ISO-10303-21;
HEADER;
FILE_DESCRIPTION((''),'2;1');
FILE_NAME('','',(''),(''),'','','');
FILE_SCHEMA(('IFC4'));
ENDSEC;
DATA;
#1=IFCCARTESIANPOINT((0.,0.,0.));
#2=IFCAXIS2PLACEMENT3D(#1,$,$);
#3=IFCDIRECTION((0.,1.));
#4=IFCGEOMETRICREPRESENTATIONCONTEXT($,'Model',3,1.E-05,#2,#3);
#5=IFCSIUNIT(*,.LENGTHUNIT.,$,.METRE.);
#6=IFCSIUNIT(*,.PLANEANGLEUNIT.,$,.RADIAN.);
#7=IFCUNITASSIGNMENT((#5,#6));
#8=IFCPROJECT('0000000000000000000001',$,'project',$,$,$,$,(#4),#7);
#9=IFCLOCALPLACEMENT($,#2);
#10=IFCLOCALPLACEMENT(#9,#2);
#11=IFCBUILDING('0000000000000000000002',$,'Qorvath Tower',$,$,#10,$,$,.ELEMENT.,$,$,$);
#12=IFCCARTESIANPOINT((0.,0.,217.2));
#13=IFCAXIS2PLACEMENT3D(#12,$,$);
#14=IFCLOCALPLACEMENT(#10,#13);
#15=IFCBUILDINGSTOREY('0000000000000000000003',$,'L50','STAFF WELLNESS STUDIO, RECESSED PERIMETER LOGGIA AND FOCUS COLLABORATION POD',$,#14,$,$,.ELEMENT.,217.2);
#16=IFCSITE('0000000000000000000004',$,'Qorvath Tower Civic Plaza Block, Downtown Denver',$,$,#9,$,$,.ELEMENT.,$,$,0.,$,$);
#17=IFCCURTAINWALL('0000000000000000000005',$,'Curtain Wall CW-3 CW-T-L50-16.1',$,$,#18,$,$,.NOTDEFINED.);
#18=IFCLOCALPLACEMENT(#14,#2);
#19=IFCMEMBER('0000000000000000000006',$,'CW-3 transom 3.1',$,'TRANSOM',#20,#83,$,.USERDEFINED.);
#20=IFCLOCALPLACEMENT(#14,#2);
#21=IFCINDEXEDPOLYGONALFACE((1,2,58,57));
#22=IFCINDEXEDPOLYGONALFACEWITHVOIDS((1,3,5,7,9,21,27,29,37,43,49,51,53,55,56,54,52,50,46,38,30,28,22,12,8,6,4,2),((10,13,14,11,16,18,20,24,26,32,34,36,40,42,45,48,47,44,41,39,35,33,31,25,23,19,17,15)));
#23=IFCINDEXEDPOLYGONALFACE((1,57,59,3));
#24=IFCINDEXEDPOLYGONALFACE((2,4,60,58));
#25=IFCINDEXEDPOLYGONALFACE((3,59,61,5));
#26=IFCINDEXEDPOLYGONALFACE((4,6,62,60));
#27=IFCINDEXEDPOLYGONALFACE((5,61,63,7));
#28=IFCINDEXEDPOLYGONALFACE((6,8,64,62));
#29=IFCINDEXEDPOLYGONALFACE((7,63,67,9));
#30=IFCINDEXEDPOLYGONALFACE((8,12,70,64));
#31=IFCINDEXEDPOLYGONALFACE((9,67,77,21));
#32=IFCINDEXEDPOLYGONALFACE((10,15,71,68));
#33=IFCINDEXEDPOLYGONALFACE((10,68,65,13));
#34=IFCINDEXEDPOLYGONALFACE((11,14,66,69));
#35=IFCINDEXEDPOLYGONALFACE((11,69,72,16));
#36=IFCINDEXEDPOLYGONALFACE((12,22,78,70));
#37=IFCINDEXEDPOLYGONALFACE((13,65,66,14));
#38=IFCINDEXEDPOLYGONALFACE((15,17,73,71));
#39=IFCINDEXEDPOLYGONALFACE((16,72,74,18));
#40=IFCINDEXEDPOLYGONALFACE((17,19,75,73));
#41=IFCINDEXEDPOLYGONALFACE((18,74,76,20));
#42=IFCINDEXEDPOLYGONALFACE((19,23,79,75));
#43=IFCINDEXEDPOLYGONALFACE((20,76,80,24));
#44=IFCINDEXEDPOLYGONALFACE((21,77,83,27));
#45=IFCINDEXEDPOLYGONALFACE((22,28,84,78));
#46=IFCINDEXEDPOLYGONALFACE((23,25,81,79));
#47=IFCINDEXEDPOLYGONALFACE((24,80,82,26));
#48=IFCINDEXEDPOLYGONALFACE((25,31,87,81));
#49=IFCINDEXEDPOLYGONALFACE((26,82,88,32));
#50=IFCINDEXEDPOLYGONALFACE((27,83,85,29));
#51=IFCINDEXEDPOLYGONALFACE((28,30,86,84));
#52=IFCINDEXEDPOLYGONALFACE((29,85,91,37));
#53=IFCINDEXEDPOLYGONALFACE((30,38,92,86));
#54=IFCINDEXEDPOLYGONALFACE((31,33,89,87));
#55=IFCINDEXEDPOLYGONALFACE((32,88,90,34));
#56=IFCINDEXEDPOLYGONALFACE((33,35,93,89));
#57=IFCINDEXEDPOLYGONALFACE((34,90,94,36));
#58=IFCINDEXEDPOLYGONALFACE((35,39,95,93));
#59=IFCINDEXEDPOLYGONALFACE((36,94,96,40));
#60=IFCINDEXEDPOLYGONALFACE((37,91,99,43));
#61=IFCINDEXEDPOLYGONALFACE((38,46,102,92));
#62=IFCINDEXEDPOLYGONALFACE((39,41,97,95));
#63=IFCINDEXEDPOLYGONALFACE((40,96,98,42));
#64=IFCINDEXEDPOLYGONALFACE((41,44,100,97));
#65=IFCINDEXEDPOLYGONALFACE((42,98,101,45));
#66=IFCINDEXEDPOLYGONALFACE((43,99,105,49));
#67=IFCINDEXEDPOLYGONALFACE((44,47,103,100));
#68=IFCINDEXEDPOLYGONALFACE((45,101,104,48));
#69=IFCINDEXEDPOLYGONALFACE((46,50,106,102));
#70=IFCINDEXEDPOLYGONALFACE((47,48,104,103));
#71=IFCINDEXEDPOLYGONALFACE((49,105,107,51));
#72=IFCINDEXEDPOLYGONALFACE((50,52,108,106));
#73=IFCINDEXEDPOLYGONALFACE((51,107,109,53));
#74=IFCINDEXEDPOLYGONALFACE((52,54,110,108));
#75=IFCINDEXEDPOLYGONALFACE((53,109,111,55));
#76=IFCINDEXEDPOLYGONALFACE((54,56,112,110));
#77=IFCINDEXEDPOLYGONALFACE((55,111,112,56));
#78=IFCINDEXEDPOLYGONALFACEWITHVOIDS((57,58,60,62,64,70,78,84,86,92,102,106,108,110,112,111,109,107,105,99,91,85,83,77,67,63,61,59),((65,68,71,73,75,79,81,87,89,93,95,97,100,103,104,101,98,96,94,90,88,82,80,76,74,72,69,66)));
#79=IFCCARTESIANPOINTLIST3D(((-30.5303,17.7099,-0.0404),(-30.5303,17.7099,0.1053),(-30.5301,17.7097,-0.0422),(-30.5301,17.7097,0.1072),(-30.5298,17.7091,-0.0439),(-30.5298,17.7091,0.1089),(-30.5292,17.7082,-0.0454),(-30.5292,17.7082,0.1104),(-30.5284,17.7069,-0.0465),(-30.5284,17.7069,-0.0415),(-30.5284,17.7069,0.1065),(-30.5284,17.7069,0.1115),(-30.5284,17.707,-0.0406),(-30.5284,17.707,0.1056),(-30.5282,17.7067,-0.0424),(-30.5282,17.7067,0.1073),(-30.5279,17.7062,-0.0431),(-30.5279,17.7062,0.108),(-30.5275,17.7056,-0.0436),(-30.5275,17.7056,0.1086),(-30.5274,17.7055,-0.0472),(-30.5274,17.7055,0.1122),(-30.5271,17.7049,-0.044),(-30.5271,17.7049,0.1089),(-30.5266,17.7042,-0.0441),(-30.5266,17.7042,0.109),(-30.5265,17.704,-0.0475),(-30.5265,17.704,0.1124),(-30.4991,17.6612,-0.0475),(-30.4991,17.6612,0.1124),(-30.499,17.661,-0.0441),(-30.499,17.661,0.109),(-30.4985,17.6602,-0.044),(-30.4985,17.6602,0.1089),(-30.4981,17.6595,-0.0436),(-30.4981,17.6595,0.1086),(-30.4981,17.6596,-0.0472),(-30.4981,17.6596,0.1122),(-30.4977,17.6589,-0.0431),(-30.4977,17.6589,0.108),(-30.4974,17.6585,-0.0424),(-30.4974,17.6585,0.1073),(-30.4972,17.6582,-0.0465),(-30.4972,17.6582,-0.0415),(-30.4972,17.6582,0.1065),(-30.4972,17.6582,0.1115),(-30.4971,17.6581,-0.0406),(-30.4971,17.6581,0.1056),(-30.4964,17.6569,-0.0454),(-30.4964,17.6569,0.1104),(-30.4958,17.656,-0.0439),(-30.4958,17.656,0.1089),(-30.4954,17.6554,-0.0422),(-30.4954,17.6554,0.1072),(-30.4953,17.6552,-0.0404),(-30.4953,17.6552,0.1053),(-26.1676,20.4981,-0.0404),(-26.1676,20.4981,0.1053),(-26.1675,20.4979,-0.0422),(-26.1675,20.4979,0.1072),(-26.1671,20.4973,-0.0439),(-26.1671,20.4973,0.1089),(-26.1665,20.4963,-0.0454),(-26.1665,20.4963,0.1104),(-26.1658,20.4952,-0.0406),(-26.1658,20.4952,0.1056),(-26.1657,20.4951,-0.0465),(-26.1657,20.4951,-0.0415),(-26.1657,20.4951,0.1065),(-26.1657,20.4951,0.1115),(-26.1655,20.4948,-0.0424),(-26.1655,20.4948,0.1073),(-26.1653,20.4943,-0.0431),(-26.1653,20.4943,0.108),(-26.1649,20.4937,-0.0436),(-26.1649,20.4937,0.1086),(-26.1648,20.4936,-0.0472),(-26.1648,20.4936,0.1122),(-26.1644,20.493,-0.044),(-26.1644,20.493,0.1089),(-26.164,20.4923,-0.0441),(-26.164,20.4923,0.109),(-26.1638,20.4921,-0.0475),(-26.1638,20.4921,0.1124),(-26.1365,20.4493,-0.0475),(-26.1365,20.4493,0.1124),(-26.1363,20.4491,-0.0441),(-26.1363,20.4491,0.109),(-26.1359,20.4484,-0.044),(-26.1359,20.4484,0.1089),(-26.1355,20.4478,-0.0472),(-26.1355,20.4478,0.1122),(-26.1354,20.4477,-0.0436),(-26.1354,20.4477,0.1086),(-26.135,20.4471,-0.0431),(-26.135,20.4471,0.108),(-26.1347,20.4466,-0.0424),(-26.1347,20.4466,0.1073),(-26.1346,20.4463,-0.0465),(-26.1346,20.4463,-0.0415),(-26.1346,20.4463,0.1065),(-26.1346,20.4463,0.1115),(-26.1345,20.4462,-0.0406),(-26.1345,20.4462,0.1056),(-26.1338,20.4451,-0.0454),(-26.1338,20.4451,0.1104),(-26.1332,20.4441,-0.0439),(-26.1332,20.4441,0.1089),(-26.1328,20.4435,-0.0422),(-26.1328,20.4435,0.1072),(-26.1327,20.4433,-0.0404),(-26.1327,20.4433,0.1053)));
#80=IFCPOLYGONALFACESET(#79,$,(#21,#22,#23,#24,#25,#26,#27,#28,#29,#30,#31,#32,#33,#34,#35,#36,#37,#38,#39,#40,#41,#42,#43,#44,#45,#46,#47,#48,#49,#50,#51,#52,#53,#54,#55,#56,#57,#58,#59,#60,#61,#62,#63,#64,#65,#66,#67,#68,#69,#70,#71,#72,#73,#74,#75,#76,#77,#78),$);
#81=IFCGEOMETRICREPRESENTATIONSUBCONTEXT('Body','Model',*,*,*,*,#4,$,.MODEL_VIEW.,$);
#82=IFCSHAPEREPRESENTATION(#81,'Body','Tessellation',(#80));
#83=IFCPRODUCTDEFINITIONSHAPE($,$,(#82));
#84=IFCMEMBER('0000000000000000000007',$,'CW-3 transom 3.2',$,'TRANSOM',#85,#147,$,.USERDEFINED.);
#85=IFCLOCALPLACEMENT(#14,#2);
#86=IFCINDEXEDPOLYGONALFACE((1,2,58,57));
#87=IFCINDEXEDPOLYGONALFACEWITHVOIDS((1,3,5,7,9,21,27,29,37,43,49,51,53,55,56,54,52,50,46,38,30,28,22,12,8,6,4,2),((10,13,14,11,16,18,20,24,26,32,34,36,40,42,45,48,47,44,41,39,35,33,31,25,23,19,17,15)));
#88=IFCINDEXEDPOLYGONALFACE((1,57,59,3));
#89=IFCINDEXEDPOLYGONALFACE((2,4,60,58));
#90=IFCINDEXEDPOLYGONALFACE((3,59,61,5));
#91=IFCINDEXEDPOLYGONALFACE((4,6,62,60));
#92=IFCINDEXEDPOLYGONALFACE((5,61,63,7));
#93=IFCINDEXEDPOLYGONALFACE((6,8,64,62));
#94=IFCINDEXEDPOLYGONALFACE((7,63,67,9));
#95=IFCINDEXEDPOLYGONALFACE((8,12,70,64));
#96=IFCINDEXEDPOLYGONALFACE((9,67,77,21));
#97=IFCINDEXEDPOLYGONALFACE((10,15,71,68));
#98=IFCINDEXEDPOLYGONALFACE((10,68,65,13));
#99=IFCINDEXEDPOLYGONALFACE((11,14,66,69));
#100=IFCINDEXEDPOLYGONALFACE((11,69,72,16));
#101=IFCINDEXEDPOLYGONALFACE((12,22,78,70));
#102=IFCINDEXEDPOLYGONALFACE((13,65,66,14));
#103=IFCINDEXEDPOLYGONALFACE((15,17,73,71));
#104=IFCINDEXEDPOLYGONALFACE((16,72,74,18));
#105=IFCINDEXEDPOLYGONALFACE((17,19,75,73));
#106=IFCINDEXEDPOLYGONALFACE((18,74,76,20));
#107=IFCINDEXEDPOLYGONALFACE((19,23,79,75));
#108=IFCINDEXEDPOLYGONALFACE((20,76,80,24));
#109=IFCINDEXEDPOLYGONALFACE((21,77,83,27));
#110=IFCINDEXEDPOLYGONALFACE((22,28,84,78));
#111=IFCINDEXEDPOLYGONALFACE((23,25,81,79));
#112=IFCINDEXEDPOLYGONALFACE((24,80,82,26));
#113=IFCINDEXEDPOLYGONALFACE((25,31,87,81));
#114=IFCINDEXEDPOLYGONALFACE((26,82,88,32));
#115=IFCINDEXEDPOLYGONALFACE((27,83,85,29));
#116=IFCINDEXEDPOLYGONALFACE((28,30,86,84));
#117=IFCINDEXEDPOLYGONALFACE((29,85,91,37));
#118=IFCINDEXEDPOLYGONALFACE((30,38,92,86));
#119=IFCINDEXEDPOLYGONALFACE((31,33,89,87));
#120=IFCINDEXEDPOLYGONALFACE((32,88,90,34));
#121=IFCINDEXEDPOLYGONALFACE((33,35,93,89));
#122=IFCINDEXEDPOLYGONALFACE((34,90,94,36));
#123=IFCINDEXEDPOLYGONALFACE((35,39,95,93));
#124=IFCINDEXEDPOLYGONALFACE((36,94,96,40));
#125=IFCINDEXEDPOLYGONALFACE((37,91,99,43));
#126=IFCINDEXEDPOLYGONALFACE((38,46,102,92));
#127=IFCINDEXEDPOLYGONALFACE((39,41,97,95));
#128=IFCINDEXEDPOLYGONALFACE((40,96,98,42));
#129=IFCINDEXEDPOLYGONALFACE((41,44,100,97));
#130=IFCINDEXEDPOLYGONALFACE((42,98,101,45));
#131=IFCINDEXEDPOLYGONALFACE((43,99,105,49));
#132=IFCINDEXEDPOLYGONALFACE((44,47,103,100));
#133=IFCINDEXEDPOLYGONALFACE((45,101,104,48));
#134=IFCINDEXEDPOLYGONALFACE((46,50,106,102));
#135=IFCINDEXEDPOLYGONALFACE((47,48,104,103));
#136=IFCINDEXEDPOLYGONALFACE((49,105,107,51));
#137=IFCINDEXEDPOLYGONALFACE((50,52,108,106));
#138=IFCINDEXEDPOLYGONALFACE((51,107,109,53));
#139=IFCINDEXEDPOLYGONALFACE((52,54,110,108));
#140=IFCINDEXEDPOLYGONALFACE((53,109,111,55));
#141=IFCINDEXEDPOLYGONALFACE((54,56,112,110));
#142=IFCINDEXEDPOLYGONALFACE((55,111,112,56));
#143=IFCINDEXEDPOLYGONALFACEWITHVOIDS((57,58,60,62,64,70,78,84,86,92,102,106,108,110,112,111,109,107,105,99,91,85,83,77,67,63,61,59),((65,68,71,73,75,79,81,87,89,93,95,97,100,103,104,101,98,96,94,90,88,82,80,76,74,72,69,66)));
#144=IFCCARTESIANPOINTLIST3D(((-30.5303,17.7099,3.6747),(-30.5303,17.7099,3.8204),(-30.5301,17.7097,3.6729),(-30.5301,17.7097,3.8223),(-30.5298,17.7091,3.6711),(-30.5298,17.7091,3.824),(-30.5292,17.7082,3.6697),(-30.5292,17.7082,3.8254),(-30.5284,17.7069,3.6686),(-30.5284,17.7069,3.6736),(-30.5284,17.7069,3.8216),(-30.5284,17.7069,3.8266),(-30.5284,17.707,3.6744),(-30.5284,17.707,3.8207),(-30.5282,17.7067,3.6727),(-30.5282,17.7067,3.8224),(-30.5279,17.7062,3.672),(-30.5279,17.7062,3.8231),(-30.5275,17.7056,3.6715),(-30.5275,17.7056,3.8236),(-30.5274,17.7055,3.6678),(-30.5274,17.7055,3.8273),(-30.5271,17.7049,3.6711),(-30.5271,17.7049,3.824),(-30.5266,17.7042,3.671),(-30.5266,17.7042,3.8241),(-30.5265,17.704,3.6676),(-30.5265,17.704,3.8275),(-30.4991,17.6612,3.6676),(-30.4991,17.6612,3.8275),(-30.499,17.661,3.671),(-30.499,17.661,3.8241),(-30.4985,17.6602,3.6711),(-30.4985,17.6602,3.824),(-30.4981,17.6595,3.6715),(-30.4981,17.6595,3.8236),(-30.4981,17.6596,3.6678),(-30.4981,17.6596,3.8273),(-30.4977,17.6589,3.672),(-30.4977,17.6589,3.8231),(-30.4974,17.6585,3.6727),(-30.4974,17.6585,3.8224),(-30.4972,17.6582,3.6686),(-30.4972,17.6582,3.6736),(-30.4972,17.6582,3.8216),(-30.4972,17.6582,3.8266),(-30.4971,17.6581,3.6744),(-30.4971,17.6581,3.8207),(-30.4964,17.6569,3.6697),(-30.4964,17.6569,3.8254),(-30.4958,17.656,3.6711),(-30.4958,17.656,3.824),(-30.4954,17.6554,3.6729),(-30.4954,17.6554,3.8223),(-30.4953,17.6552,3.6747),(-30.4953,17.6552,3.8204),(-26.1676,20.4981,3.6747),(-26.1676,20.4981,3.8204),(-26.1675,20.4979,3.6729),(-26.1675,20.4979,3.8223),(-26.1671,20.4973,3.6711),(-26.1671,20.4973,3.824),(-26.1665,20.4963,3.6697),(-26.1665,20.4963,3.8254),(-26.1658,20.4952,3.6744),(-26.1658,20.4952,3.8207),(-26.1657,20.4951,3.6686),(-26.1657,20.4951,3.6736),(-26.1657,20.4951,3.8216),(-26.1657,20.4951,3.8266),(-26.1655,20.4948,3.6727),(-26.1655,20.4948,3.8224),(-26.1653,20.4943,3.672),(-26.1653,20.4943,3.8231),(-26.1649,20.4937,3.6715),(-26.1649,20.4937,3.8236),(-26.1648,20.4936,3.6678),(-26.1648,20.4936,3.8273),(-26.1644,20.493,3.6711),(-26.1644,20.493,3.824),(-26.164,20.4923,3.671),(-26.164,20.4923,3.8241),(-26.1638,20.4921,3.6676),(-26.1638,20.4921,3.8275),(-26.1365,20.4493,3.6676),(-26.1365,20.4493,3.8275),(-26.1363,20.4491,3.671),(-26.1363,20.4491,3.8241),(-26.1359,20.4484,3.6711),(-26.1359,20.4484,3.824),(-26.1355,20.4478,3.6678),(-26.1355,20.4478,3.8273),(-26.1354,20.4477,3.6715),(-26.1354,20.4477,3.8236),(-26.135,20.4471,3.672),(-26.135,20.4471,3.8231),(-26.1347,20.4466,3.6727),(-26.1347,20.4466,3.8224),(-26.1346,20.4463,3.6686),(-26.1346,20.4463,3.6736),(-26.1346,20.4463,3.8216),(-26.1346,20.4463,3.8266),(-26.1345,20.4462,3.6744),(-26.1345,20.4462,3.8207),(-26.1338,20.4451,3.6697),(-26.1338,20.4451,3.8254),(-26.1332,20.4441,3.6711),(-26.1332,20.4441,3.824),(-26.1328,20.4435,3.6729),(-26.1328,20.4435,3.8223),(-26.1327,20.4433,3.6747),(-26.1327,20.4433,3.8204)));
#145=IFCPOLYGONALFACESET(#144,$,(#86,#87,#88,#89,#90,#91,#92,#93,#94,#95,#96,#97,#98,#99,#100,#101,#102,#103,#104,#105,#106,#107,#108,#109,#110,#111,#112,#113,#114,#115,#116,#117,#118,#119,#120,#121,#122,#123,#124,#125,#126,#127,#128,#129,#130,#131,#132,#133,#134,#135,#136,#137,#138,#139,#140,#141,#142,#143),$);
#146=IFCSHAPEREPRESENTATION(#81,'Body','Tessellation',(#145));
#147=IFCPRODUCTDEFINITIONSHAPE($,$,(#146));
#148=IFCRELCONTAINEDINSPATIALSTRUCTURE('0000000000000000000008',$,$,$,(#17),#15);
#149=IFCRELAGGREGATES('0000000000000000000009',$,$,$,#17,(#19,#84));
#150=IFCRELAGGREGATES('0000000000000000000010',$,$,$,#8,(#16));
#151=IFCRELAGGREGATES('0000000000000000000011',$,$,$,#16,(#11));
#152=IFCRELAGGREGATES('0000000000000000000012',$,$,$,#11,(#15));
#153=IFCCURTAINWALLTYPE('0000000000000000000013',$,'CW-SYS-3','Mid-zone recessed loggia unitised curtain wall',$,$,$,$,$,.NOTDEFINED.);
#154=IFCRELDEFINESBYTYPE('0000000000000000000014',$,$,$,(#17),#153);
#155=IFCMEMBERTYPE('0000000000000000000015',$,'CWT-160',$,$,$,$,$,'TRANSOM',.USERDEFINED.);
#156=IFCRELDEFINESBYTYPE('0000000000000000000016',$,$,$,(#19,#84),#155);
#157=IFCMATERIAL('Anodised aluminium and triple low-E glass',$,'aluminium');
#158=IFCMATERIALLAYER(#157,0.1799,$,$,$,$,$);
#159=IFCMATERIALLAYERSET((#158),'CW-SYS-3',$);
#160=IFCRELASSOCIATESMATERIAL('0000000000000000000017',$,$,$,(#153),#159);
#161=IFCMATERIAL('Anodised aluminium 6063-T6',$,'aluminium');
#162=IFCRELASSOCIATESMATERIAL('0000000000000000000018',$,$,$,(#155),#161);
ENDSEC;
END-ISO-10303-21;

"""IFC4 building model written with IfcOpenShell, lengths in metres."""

from ifc_helpers import new_model, si_unit, direction, frame, origin, origin_2d, place, context, subcontext, project, spatial, hollow_rectangle, extrude, material, layer, layer_set, material_profile, profile_set, type_object, element, aggregate, save


model = new_model("IFC4")

# Units and contexts
model_context = context("Model", 3, precision=1e-05, world=origin(), true_north=direction((0.0, 1.0)))
body_context = subcontext(model_context, "Body", "Model", "MODEL_VIEW")
ifc_project = project(units=[si_unit("LENGTHUNIT", "METRE"), si_unit("PLANEANGLEUNIT", "RADIAN")], contexts=[model_context])

# Site, building, storey
site_placement = place(None, origin())
site = spatial("IfcSite", under=ifc_project, at=site_placement, Name="Qorvath Tower Civic Plaza Block, Downtown Denver", CompositionType="ELEMENT", RefElevation=0.0)
building_placement = place(site_placement, origin())
building = spatial("IfcBuilding", under=site, at=building_placement, Name="Qorvath Tower", CompositionType="ELEMENT")
storey_placement = place(building_placement, frame((0.0, 0.0, 217.2)))
storey = spatial("IfcBuildingStorey", under=building, at=storey_placement, Name="L50", Description="STAFF WELLNESS STUDIO, RECESSED PERIMETER LOGGIA AND FOCUS COLLABORATION POD", CompositionType="ELEMENT", Elevation=217.2)

# Curtain wall, members
ifc_material_1 = material(Name="Anodised aluminium and triple low-E glass", Category="aluminium")
ifc_layer_1 = layer(ifc_material_1, 0.1799)
ifc_layer_set_1 = layer_set([ifc_layer_1], Name="CW-SYS-3")
curtain_wall_type = type_object("IfcCurtainWallType", Name="CW-SYS-3", Description="Mid-zone recessed loggia unitised curtain wall", PredefinedType="NOTDEFINED", material=ifc_layer_set_1)
curtain_wall_placement = place(storey_placement, origin())
curtain_wall = element("IfcCurtainWall", 1, at=curtain_wall_placement, inside=storey, type_object=curtain_wall_type, Name="Curtain Wall CW-3 CW-T-L50-16.1", PredefinedType="NOTDEFINED")
ifc_material_2 = material(Name="Anodised aluminium 6063-T6", Category="aluminium")
ifc_material_profile_1 = material_profile(ifc_material_2, hollow_rectangle(XDim=0.0649, YDim=0.1599, WallThickness=0.0034, InnerFilletRadius=0.0034, OuterFilletRadius=0.0071, at=origin_2d()), Name="CWT 160x65")
ifc_profile_set_1 = profile_set([ifc_material_profile_1], Name="Anodised aluminium 6063-T6")
member_type_1 = type_object("IfcMemberType", Name="CWT-160", ElementType="TRANSOM", PredefinedType="USERDEFINED", material=ifc_profile_set_1)
member_1_placement = place(storey_placement, frame((-26.1501, 20.4707, 0.0325), z_axis=(-0.842617, -0.538513, 0.0), x_axis=(0.538513, -0.842617, 0.0)))
member_1 = element("IfcMember", 2, at=member_1_placement, type_object=member_type_1, Name="CW-3 transom 3.1", ObjectType="TRANSOM", PredefinedType="USERDEFINED", context=body_context, shape_type="SweptSolid", body=[
    extrude(hollow_rectangle(XDim=0.0649, YDim=0.1599, WallThickness=0.0034, InnerFilletRadius=0.0034, OuterFilletRadius=0.0071, at=origin_2d()), origin(), (0.0, 0.0, 1.0), 5.1775),
])
member_2_placement = place(storey_placement, frame((-26.1501, 20.4707, 3.7476), z_axis=(-0.842617, -0.538513, 0.0), x_axis=(0.538513, -0.842617, 0.0)))
member_2 = element("IfcMember", 3, at=member_2_placement, type_object=member_type_1, Name="CW-3 transom 3.2", ObjectType="TRANSOM", PredefinedType="USERDEFINED", context=body_context, shape_type="SweptSolid", body=[
    extrude(hollow_rectangle(XDim=0.0649, YDim=0.1599, WallThickness=0.0034, InnerFilletRadius=0.0034, OuterFilletRadius=0.0071, at=origin_2d()), origin(), (0.0, 0.0, 1.0), 5.1775),
])
aggregate(curtain_wall, [member_1, member_2])

save(model, "model.ifc")
